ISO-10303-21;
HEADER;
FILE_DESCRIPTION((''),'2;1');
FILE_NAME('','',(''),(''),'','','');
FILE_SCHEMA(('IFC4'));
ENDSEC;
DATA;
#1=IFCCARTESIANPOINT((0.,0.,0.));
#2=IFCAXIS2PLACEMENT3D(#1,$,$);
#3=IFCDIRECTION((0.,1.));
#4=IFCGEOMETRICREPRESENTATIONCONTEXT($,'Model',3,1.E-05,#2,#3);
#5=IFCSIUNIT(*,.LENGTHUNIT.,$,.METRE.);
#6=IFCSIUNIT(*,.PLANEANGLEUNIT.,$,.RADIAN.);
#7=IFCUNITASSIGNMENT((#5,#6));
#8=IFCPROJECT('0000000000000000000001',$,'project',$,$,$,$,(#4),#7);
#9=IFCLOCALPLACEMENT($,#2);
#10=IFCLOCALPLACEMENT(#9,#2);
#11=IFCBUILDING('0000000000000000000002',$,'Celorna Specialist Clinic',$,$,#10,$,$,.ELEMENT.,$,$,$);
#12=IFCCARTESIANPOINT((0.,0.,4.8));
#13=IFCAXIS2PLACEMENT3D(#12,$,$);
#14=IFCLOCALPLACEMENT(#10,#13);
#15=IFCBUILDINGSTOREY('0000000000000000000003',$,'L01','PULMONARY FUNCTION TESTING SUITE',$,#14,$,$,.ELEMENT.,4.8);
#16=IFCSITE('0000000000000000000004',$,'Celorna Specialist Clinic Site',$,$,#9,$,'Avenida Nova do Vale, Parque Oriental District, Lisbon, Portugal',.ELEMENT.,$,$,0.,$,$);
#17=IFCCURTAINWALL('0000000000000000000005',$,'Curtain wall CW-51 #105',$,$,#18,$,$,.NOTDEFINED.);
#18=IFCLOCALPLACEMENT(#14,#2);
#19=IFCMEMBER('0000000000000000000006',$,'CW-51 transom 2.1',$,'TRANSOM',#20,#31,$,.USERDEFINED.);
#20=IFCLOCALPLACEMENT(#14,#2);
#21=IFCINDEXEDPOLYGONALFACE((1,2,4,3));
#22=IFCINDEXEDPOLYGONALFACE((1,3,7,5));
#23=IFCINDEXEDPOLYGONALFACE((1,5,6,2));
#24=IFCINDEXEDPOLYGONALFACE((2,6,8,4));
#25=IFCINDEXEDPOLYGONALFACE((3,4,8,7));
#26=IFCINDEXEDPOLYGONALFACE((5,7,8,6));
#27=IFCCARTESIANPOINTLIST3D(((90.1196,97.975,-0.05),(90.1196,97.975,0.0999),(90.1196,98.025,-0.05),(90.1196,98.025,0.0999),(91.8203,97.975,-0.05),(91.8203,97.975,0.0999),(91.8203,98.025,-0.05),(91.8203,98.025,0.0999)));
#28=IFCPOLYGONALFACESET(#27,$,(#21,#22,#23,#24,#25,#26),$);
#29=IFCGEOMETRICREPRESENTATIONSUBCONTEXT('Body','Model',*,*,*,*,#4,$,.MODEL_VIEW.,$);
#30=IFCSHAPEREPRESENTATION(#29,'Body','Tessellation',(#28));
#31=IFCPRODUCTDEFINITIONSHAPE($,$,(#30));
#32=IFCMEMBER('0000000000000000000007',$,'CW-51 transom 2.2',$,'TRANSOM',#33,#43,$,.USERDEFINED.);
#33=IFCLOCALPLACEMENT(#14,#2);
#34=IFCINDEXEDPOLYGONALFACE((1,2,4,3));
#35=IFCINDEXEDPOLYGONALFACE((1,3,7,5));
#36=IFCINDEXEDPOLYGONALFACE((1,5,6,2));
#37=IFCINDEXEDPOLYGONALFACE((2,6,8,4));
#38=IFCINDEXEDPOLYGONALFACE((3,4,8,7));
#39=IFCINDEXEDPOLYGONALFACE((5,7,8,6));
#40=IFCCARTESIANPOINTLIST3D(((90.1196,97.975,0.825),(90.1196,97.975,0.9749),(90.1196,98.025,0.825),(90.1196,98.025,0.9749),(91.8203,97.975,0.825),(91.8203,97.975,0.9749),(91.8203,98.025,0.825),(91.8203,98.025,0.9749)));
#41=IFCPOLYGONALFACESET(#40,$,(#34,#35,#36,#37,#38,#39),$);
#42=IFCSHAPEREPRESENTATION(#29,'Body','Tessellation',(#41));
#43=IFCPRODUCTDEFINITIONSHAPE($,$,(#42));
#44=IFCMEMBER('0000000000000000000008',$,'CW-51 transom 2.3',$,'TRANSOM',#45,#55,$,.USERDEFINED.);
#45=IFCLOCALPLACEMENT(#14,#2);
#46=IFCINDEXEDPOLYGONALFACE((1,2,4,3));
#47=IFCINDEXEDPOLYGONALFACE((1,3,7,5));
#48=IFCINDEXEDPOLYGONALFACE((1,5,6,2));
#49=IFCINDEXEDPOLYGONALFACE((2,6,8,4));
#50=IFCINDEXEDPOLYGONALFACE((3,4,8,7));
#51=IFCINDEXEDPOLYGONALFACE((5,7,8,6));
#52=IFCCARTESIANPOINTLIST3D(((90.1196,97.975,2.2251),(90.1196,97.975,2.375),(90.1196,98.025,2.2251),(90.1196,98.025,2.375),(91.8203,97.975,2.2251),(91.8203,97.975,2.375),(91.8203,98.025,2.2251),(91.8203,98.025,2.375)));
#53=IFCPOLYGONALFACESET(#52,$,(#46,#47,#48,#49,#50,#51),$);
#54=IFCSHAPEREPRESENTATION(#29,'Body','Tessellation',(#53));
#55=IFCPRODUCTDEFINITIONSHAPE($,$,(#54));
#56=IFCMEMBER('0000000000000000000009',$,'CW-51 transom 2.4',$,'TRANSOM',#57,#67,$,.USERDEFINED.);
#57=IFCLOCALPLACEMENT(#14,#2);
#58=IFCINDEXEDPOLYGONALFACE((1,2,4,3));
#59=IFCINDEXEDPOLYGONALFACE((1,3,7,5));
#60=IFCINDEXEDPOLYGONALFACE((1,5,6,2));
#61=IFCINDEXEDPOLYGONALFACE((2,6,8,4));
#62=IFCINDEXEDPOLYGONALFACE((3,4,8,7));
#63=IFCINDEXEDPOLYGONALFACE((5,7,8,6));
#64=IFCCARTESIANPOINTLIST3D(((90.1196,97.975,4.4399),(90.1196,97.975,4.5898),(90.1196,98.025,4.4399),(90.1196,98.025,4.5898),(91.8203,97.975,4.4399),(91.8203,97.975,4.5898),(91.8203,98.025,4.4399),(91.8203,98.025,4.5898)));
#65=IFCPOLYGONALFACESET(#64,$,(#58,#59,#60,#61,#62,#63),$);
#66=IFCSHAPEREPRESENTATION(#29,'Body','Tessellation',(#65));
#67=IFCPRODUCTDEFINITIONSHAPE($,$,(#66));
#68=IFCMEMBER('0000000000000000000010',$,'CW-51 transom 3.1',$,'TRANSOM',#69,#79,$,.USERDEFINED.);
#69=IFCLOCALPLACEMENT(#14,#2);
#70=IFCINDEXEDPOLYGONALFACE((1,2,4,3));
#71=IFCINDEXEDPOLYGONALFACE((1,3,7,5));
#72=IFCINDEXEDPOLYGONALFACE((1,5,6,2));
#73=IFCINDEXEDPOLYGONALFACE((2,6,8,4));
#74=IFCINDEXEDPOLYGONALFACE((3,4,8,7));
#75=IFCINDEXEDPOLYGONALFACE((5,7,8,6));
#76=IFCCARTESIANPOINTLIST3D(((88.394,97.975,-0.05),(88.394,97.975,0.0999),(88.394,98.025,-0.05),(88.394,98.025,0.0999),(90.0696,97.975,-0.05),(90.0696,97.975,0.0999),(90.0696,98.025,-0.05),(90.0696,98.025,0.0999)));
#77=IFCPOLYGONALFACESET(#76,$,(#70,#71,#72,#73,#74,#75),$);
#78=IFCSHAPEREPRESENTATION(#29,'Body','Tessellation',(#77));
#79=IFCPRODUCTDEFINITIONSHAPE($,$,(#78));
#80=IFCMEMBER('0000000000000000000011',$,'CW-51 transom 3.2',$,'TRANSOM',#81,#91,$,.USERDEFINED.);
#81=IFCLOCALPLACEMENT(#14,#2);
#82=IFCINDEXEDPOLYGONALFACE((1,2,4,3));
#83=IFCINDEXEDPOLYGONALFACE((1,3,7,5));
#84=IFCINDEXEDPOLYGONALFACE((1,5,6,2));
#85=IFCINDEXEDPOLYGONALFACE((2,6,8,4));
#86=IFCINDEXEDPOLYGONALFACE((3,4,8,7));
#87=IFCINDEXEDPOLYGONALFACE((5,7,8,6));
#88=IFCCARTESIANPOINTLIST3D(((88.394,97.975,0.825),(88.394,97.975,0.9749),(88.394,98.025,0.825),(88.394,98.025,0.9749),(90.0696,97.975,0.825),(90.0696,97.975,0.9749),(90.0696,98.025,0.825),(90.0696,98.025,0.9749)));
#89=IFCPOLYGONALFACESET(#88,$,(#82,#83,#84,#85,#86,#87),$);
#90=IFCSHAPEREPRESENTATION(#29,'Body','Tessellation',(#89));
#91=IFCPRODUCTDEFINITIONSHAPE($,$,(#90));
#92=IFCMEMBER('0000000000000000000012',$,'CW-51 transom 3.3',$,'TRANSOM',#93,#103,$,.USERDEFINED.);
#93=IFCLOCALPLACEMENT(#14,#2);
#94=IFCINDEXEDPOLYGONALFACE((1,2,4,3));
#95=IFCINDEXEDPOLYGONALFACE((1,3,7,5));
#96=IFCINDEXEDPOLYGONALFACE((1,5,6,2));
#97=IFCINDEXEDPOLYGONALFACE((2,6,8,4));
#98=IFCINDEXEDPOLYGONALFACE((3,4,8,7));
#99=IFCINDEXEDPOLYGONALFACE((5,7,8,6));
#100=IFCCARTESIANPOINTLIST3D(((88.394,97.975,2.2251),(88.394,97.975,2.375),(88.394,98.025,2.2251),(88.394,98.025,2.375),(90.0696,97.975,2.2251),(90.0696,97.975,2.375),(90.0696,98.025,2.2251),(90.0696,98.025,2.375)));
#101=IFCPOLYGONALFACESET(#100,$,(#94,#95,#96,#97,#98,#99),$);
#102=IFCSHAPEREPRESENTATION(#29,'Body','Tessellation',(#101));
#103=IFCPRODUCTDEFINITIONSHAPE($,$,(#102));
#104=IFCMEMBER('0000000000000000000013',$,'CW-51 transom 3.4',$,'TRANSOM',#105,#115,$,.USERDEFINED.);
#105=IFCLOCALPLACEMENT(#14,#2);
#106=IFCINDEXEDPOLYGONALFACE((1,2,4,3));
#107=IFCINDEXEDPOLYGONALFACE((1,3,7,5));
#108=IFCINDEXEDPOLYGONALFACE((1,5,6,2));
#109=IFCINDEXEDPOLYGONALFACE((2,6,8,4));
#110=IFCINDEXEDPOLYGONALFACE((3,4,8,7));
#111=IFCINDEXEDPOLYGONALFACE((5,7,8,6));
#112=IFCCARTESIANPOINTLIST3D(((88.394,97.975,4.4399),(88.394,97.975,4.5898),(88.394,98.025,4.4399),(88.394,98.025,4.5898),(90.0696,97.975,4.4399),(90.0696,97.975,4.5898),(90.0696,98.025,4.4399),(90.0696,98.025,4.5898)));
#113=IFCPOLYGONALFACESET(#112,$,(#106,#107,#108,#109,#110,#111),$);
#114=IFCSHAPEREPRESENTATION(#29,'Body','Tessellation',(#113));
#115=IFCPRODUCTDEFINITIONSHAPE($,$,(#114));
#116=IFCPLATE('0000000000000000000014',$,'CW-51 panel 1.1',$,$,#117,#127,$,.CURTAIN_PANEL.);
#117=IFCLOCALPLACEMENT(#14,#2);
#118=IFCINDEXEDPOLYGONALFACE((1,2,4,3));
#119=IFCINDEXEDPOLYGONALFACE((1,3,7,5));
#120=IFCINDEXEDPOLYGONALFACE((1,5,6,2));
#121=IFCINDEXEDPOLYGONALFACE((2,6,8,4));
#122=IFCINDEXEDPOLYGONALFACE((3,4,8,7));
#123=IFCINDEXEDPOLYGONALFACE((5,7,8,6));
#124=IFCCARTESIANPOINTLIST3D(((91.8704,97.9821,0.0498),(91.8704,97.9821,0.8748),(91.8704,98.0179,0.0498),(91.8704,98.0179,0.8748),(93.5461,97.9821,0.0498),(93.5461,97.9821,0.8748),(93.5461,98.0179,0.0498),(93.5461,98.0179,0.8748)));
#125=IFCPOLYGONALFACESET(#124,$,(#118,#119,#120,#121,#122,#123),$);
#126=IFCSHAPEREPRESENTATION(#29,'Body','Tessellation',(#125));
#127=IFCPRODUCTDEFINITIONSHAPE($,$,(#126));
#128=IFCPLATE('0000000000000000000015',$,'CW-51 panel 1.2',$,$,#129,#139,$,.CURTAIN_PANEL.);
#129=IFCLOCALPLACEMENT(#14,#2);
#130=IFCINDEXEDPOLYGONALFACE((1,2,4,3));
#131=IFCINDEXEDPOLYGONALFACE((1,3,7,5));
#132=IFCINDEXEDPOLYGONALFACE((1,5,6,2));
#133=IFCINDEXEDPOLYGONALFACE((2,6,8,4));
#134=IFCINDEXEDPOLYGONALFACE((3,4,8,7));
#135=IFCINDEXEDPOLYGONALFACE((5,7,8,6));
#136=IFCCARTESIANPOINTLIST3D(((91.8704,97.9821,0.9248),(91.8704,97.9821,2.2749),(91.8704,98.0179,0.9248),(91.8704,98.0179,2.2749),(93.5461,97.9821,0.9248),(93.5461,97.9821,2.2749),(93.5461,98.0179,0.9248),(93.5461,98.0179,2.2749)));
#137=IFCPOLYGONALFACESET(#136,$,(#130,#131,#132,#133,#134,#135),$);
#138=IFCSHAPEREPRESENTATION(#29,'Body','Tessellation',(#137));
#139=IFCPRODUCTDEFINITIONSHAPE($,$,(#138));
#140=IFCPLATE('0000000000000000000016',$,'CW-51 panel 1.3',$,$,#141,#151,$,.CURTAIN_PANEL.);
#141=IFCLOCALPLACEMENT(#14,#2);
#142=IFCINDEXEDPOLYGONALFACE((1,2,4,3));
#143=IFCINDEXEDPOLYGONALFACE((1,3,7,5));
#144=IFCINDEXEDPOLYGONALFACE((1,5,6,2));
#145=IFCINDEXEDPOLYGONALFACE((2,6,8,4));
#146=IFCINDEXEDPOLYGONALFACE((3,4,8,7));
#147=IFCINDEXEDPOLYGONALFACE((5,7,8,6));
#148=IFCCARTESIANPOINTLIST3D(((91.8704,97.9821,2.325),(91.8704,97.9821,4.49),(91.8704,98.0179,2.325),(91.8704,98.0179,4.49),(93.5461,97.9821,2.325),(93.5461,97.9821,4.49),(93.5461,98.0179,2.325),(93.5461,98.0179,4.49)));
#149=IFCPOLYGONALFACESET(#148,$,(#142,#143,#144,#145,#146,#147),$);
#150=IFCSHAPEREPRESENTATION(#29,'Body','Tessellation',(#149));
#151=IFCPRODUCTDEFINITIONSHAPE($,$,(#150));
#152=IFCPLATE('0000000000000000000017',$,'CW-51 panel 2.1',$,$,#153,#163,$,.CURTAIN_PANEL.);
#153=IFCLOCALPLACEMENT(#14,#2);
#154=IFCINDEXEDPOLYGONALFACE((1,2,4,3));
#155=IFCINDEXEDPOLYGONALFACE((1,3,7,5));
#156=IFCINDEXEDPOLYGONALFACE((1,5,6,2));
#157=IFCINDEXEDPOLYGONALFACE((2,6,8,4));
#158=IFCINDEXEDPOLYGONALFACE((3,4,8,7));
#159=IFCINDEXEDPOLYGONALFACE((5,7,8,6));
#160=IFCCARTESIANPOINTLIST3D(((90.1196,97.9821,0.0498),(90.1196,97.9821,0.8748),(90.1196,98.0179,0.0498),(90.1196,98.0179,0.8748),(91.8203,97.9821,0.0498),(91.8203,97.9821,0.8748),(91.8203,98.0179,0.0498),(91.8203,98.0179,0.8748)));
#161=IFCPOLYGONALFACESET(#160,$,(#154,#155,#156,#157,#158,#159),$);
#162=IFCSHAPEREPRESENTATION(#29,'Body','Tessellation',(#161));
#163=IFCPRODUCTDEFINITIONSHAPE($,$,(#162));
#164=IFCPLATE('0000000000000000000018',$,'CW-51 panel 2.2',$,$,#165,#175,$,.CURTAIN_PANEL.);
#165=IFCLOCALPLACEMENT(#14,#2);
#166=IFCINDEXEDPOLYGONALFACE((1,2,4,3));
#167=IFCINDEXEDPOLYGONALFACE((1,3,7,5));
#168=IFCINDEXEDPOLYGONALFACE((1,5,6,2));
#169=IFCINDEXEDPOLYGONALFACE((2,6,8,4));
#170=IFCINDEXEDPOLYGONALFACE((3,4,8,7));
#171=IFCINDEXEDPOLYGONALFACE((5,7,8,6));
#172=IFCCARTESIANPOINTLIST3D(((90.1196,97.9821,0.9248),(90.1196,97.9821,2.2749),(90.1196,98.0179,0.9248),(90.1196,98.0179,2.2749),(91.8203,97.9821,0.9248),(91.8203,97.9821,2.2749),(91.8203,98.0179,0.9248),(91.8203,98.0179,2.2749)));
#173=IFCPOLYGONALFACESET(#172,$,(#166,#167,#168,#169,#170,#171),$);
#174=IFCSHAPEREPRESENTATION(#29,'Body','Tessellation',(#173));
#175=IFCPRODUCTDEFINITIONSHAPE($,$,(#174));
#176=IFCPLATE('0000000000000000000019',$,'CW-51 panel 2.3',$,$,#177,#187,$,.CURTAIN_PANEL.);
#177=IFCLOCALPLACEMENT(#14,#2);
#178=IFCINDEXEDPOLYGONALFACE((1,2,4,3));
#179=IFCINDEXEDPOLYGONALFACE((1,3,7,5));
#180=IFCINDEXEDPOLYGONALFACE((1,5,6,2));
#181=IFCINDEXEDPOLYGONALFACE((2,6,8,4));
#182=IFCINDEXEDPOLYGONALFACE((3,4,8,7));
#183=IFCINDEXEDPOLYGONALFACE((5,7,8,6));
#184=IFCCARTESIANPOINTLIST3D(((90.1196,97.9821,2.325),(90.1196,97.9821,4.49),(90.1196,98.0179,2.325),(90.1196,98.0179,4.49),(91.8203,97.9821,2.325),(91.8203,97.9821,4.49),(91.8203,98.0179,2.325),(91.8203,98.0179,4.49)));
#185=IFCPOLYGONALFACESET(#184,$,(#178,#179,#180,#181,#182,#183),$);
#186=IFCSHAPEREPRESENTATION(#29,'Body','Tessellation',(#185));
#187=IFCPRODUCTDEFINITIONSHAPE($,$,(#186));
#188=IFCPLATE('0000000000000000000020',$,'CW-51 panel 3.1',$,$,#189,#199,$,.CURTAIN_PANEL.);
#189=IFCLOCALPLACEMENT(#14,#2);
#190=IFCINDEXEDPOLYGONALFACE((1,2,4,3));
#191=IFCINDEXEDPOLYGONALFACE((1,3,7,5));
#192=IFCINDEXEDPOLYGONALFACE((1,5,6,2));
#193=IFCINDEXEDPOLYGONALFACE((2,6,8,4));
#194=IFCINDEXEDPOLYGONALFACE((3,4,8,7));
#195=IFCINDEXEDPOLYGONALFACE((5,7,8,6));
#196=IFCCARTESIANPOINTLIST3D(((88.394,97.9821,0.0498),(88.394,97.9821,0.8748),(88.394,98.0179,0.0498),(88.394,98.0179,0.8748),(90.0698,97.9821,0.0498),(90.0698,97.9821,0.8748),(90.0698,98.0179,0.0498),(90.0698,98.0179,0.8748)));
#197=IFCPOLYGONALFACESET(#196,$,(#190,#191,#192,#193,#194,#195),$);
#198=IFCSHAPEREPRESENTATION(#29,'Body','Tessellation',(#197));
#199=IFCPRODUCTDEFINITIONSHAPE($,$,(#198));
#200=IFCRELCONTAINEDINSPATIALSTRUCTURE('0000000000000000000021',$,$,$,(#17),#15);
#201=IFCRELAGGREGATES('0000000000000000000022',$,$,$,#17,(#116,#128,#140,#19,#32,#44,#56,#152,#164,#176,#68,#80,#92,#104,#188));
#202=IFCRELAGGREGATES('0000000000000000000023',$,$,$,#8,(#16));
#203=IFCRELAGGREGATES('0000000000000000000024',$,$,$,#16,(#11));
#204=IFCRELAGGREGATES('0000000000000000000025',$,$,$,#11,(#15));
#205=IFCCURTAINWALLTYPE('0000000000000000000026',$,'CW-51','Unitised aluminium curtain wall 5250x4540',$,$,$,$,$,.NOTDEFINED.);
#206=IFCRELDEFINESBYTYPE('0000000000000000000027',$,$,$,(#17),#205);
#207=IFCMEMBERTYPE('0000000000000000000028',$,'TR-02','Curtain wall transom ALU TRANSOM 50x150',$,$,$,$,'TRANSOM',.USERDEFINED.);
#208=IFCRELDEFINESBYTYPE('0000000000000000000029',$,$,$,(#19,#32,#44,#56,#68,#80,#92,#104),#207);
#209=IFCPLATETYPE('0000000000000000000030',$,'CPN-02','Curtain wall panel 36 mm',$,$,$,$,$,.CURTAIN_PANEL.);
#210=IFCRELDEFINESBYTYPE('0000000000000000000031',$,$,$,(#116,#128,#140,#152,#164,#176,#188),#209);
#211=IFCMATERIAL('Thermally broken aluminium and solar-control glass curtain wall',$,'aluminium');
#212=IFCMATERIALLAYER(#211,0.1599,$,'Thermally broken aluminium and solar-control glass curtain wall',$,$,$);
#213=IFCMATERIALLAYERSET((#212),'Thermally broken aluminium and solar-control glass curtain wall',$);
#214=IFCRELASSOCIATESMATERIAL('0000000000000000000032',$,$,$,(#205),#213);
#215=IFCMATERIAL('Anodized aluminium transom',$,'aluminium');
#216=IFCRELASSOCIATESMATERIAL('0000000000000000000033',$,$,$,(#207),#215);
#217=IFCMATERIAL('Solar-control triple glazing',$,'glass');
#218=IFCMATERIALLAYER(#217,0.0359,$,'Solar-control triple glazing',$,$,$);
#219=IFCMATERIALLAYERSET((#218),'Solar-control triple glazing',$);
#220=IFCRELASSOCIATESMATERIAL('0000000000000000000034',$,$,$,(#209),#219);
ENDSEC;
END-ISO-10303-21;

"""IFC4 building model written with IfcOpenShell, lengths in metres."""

from ifc_helpers import new_model, si_unit, direction, frame, origin, origin_2d, place, context, subcontext, project, spatial, rectangle, extrude, material, layer, layer_set, material_profile, profile_set, type_object, element, aggregate, save


model = new_model("IFC4")

# Units and contexts
model_context = context("Model", 3, precision=1e-05, world=origin(), true_north=direction((0.0, 1.0)))
body_context = subcontext(model_context, "Body", "Model", "MODEL_VIEW")
ifc_project = project(units=[si_unit("LENGTHUNIT", "METRE"), si_unit("PLANEANGLEUNIT", "RADIAN")], contexts=[model_context])

# Site, building, storey
site_placement = place(None, origin())
site = spatial("IfcSite", under=ifc_project, at=site_placement, Name="Celorna Specialist Clinic Site", LongName="Avenida Nova do Vale, Parque Oriental District, Lisbon, Portugal", CompositionType="ELEMENT", RefElevation=0.0)
building_placement = place(site_placement, origin())
building = spatial("IfcBuilding", under=site, at=building_placement, Name="Celorna Specialist Clinic", CompositionType="ELEMENT")
storey_placement = place(building_placement, frame((0.0, 0.0, 4.8)))
storey = spatial("IfcBuildingStorey", under=building, at=storey_placement, Name="L01", Description="PULMONARY FUNCTION TESTING SUITE", CompositionType="ELEMENT", Elevation=4.8)

# Curtain wall
ifc_material_1 = material(Name="Thermally broken aluminium and solar-control glass curtain wall", Category="aluminium")
ifc_layer_1 = layer(ifc_material_1, 0.1599, Name="Thermally broken aluminium and solar-control glass curtain wall")
ifc_layer_set_1 = layer_set([ifc_layer_1], Name="Thermally broken aluminium and solar-control glass curtain wall")
curtain_wall_type_1 = type_object("IfcCurtainWallType", Name="CW-51", Description="Unitised aluminium curtain wall 5250x4540", PredefinedType="NOTDEFINED", material=ifc_layer_set_1)
curtain_wall_1_placement = place(storey_placement, origin())
curtain_wall_1 = element("IfcCurtainWall", 1, at=curtain_wall_1_placement, inside=storey, type_object=curtain_wall_type_1, Name="Curtain wall CW-51 #105", PredefinedType="NOTDEFINED")
ifc_material_2 = material(Name="Anodized aluminium transom", Category="aluminium")

# Members
ifc_material_profile_1 = material_profile(ifc_material_2, rectangle(XDim=0.05, YDim=0.1499, at=origin_2d()), Name="ALU TRANSOM 50x150")
ifc_profile_set_1 = profile_set([ifc_material_profile_1], Name="Anodized aluminium transom")
member_type_1 = type_object("IfcMemberType", Name="TR-02", Description="Curtain wall transom ALU TRANSOM 50x150", ElementType="TRANSOM", PredefinedType="USERDEFINED", material=ifc_profile_set_1)
member_1_placement = place(storey_placement, frame((91.8203, 98.0, 0.0249), z_axis=(-1.0, 0.0, 0.0), x_axis=(0.0, -1.0, 0.0)))
member_1 = element("IfcMember", 2, at=member_1_placement, type_object=member_type_1, Name="CW-51 transom 2.1", ObjectType="TRANSOM", PredefinedType="USERDEFINED", context=body_context, shape_type="SweptSolid", body=[
    extrude(rectangle(XDim=0.05, YDim=0.1499, at=origin_2d()), origin(), (0.0, 0.0, 1.0), 1.7007),
])
member_2_placement = place(storey_placement, frame((91.8203, 98.0, 0.8999), z_axis=(-1.0, 0.0, 0.0), x_axis=(0.0, -1.0, 0.0)))
member_2 = element("IfcMember", 3, at=member_2_placement, type_object=member_type_1, Name="CW-51 transom 2.2", ObjectType="TRANSOM", PredefinedType="USERDEFINED", context=body_context, shape_type="SweptSolid", body=[
    extrude(rectangle(XDim=0.05, YDim=0.1499, at=origin_2d()), origin(), (0.0, 0.0, 1.0), 1.7007),
])
member_3_placement = place(storey_placement, frame((91.8203, 98.0, 2.3), z_axis=(-1.0, 0.0, 0.0), x_axis=(0.0, -1.0, 0.0)))
member_3 = element("IfcMember", 4, at=member_3_placement, type_object=member_type_1, Name="CW-51 transom 2.3", ObjectType="TRANSOM", PredefinedType="USERDEFINED", context=body_context, shape_type="SweptSolid", body=[
    extrude(rectangle(XDim=0.05, YDim=0.1499, at=origin_2d()), origin(), (0.0, 0.0, 1.0), 1.7007),
])
member_4_placement = place(storey_placement, frame((91.8203, 98.0, 4.5149), z_axis=(-1.0, 0.0, 0.0), x_axis=(0.0, -1.0, 0.0)))
member_4 = element("IfcMember", 5, at=member_4_placement, type_object=member_type_1, Name="CW-51 transom 2.4", ObjectType="TRANSOM", PredefinedType="USERDEFINED", context=body_context, shape_type="SweptSolid", body=[
    extrude(rectangle(XDim=0.05, YDim=0.1499, at=origin_2d()), origin(), (0.0, 0.0, 1.0), 1.7007),
])
member_5_placement = place(storey_placement, frame((90.0696, 98.0, 0.0249), z_axis=(-1.0, 0.0, 0.0), x_axis=(0.0, -1.0, 0.0)))
member_5 = element("IfcMember", 6, at=member_5_placement, type_object=member_type_1, Name="CW-51 transom 3.1", ObjectType="TRANSOM", PredefinedType="USERDEFINED", context=body_context, shape_type="SweptSolid", body=[
    extrude(rectangle(XDim=0.05, YDim=0.1499, at=origin_2d()), origin(), (0.0, 0.0, 1.0), 1.6755),
])
member_6_placement = place(storey_placement, frame((90.0696, 98.0, 0.8999), z_axis=(-1.0, 0.0, 0.0), x_axis=(0.0, -1.0, 0.0)))
member_6 = element("IfcMember", 7, at=member_6_placement, type_object=member_type_1, Name="CW-51 transom 3.2", ObjectType="TRANSOM", PredefinedType="USERDEFINED", context=body_context, shape_type="SweptSolid", body=[
    extrude(rectangle(XDim=0.05, YDim=0.1499, at=origin_2d()), origin(), (0.0, 0.0, 1.0), 1.6755),
])
member_7_placement = place(storey_placement, frame((90.0696, 98.0, 2.3), z_axis=(-1.0, 0.0, 0.0), x_axis=(0.0, -1.0, 0.0)))
member_7 = element("IfcMember", 8, at=member_7_placement, type_object=member_type_1, Name="CW-51 transom 3.3", ObjectType="TRANSOM", PredefinedType="USERDEFINED", context=body_context, shape_type="SweptSolid", body=[
    extrude(rectangle(XDim=0.05, YDim=0.1499, at=origin_2d()), origin(), (0.0, 0.0, 1.0), 1.6755),
])
member_8_placement = place(storey_placement, frame((90.0696, 98.0, 4.5149), z_axis=(-1.0, 0.0, 0.0), x_axis=(0.0, -1.0, 0.0)))
member_8 = element("IfcMember", 9, at=member_8_placement, type_object=member_type_1, Name="CW-51 transom 3.4", ObjectType="TRANSOM", PredefinedType="USERDEFINED", context=body_context, shape_type="SweptSolid", body=[
    extrude(rectangle(XDim=0.05, YDim=0.1499, at=origin_2d()), origin(), (0.0, 0.0, 1.0), 1.6755),
])

# Plates
ifc_material_3 = material(Name="Solar-control triple glazing", Category="glass")
ifc_layer_2 = layer(ifc_material_3, 0.0359, Name="Solar-control triple glazing")
ifc_layer_set_2 = layer_set([ifc_layer_2], Name="Solar-control triple glazing")
plate_type_1 = type_object("IfcPlateType", Name="CPN-02", Description="Curtain wall panel 36 mm", PredefinedType="CURTAIN_PANEL", material=ifc_layer_set_2)
plate_1_placement = place(storey_placement, frame((92.7083, 98.0, 0.0498), z_axis=(0.0, 0.0, 1.0), x_axis=(-1.0, 0.0, 0.0)))
plate_1 = element("IfcPlate", 10, at=plate_1_placement, type_object=plate_type_1, Name="CW-51 panel 1.1", PredefinedType="CURTAIN_PANEL", context=body_context, shape_type="SweptSolid", body=[
    extrude(rectangle(XDim=1.6758, YDim=0.0359, at=origin_2d()), origin(), (0.0, 0.0, 1.0), 0.825),
])
plate_2_placement = place(storey_placement, frame((92.7083, 98.0, 0.9248), z_axis=(0.0, 0.0, 1.0), x_axis=(-1.0, 0.0, 0.0)))
plate_2 = element("IfcPlate", 11, at=plate_2_placement, type_object=plate_type_1, Name="CW-51 panel 1.2", PredefinedType="CURTAIN_PANEL", context=body_context, shape_type="SweptSolid", body=[
    extrude(rectangle(XDim=1.6758, YDim=0.0359, at=origin_2d()), origin(), (0.0, 0.0, 1.0), 1.3501),
])
plate_3_placement = place(storey_placement, frame((92.7083, 98.0, 2.325), z_axis=(0.0, 0.0, 1.0), x_axis=(-1.0, 0.0, 0.0)))
plate_3 = element("IfcPlate", 12, at=plate_3_placement, type_object=plate_type_1, Name="CW-51 panel 1.3", PredefinedType="CURTAIN_PANEL", context=body_context, shape_type="SweptSolid", body=[
    extrude(rectangle(XDim=1.6758, YDim=0.0359, at=origin_2d()), origin(), (0.0, 0.0, 1.0), 2.165),
])
plate_4_placement = place(storey_placement, frame((90.97, 98.0, 0.0498), z_axis=(0.0, 0.0, 1.0), x_axis=(-1.0, 0.0, 0.0)))
plate_4 = element("IfcPlate", 13, at=plate_4_placement, type_object=plate_type_1, Name="CW-51 panel 2.1", PredefinedType="CURTAIN_PANEL", context=body_context, shape_type="SweptSolid", body=[
    extrude(rectangle(XDim=1.7007, YDim=0.0359, at=origin_2d()), origin(), (0.0, 0.0, 1.0), 0.825),
])
plate_5_placement = place(storey_placement, frame((90.97, 98.0, 0.9248), z_axis=(0.0, 0.0, 1.0), x_axis=(-1.0, 0.0, 0.0)))
plate_5 = element("IfcPlate", 14, at=plate_5_placement, type_object=plate_type_1, Name="CW-51 panel 2.2", PredefinedType="CURTAIN_PANEL", context=body_context, shape_type="SweptSolid", body=[
    extrude(rectangle(XDim=1.7007, YDim=0.0359, at=origin_2d()), origin(), (0.0, 0.0, 1.0), 1.3501),
])
plate_6_placement = place(storey_placement, frame((90.97, 98.0, 2.325), z_axis=(0.0, 0.0, 1.0), x_axis=(-1.0, 0.0, 0.0)))
plate_6 = element("IfcPlate", 15, at=plate_6_placement, type_object=plate_type_1, Name="CW-51 panel 2.3", PredefinedType="CURTAIN_PANEL", context=body_context, shape_type="SweptSolid", body=[
    extrude(rectangle(XDim=1.7007, YDim=0.0359, at=origin_2d()), origin(), (0.0, 0.0, 1.0), 2.165),
])
plate_7_placement = place(storey_placement, frame((89.2319, 98.0, 0.0498), z_axis=(0.0, 0.0, 1.0), x_axis=(-1.0, 0.0, 0.0)))
plate_7 = element("IfcPlate", 16, at=plate_7_placement, type_object=plate_type_1, Name="CW-51 panel 3.1", PredefinedType="CURTAIN_PANEL", context=body_context, shape_type="SweptSolid", body=[
    extrude(rectangle(XDim=1.6758, YDim=0.0359, at=origin_2d()), origin(), (0.0, 0.0, 1.0), 0.825),
])
aggregate(curtain_wall_1, [plate_1, plate_2, plate_3, member_1, member_2, member_3, member_4, plate_4, plate_5, plate_6, member_5, member_6, member_7, member_8, plate_7])

save(model, "model.ifc")
